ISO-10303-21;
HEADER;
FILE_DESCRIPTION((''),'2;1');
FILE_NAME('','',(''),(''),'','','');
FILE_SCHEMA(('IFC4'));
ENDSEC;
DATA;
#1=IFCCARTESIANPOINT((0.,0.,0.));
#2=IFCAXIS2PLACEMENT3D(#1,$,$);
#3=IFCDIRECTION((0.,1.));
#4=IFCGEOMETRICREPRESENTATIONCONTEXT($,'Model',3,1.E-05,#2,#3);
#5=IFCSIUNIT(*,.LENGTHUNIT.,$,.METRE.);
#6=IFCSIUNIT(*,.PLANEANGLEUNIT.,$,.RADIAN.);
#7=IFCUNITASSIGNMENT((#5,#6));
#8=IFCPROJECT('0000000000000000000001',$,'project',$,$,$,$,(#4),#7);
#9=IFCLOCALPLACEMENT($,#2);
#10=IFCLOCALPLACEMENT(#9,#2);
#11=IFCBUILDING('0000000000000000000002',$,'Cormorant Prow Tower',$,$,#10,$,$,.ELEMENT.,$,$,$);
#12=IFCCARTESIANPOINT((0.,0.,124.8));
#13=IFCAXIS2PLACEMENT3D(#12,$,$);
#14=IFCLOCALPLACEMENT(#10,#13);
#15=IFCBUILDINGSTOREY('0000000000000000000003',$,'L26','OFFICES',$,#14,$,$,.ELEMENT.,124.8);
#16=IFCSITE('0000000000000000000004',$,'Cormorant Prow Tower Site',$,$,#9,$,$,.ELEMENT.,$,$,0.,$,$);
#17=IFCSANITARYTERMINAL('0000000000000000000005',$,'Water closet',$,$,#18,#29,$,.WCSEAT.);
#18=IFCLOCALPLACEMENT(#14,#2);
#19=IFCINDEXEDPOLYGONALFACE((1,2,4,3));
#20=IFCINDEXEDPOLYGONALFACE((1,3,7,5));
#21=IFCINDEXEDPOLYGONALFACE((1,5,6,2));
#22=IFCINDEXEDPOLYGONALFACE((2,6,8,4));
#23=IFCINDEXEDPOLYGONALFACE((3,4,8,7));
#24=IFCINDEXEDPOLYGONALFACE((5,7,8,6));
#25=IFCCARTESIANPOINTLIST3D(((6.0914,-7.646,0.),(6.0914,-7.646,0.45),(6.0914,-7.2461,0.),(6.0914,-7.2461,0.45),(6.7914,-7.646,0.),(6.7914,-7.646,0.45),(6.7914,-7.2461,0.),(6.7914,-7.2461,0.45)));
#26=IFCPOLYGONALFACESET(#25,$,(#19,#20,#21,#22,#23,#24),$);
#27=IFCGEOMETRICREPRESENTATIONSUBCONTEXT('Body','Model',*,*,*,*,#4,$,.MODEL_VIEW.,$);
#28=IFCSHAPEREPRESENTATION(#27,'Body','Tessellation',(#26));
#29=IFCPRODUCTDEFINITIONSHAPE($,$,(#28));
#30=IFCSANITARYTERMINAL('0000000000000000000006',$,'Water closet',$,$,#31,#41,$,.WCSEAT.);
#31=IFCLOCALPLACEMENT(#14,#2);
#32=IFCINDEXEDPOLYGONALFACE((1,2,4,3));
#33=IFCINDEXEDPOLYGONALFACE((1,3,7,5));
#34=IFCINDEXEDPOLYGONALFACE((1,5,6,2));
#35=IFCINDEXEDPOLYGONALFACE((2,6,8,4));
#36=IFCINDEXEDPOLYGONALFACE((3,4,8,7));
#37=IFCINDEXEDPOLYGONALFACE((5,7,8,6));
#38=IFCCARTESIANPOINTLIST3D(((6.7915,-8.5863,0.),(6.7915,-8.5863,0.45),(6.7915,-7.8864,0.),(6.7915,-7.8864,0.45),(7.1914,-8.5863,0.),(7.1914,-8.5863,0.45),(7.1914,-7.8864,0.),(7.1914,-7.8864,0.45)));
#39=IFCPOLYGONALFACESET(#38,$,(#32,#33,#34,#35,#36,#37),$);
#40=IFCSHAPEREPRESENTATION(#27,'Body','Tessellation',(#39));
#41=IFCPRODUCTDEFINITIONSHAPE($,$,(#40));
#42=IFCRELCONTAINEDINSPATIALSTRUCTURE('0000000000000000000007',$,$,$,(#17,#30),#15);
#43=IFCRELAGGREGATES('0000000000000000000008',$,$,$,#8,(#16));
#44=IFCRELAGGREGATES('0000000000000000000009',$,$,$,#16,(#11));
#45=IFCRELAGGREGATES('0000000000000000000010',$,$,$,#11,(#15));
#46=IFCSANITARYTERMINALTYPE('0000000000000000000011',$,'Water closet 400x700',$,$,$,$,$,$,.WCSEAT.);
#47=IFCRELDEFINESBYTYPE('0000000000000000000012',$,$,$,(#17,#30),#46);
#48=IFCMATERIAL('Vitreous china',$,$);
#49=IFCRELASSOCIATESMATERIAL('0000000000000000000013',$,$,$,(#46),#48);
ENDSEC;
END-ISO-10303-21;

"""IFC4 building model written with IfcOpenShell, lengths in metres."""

from ifc_helpers import new_model, si_unit, direction, frame, origin, origin_2d, place, context, subcontext, project, spatial, rectangle, extrude, material, type_object, element, save


model = new_model("IFC4")

# Units and contexts
model_context = context("Model", 3, precision=1e-05, world=origin(), true_north=direction((0.0, 1.0)))
body_context = subcontext(model_context, "Body", "Model", "MODEL_VIEW")
ifc_project = project(units=[si_unit("LENGTHUNIT", "METRE"), si_unit("PLANEANGLEUNIT", "RADIAN")], contexts=[model_context])

# Site, building, storey
site_placement = place(None, origin())
site = spatial("IfcSite", under=ifc_project, at=site_placement, Name="Cormorant Prow Tower Site", CompositionType="ELEMENT", RefElevation=0.0)
building_placement = place(site_placement, origin())
building = spatial("IfcBuilding", under=site, at=building_placement, Name="Cormorant Prow Tower", CompositionType="ELEMENT")
storey_placement = place(building_placement, frame((0.0, 0.0, 124.8)))
storey = spatial("IfcBuildingStorey", under=building, at=storey_placement, Name="L26", Description="OFFICES", CompositionType="ELEMENT", Elevation=124.8)

# Sanitary terminals
ifc_material_1 = material(Name="Vitreous china")
sanitary_terminal_type_1 = type_object("IfcSanitaryTerminalType", Name="Water closet 400x700", PredefinedType="WCSEAT", material=ifc_material_1)
for number, where, z_axis, x_axis, name in (
    (1, (6.4414, -7.446, 0.0), (0.0, 0.0, 1.0), (0.0, -1.0, 0.0), "Water closet"),
    (2, (6.9915, -8.2363, 0.0), (0.0, 0.0, 1.0), (1.0, 0.0, 0.0), "Water closet"),
):
    element("IfcSanitaryTerminal", number, at=place(storey_placement, frame(where, z_axis=z_axis, x_axis=x_axis)), inside=storey, type_object=sanitary_terminal_type_1, Name=name, PredefinedType="WCSEAT", context=body_context, shape_type="SweptSolid", body=[
        extrude(rectangle(XDim=0.3999, YDim=0.7, at=origin_2d()), origin(), (0.0, 0.0, 1.0), 0.45),
    ])

save(model, "model.ifc")
